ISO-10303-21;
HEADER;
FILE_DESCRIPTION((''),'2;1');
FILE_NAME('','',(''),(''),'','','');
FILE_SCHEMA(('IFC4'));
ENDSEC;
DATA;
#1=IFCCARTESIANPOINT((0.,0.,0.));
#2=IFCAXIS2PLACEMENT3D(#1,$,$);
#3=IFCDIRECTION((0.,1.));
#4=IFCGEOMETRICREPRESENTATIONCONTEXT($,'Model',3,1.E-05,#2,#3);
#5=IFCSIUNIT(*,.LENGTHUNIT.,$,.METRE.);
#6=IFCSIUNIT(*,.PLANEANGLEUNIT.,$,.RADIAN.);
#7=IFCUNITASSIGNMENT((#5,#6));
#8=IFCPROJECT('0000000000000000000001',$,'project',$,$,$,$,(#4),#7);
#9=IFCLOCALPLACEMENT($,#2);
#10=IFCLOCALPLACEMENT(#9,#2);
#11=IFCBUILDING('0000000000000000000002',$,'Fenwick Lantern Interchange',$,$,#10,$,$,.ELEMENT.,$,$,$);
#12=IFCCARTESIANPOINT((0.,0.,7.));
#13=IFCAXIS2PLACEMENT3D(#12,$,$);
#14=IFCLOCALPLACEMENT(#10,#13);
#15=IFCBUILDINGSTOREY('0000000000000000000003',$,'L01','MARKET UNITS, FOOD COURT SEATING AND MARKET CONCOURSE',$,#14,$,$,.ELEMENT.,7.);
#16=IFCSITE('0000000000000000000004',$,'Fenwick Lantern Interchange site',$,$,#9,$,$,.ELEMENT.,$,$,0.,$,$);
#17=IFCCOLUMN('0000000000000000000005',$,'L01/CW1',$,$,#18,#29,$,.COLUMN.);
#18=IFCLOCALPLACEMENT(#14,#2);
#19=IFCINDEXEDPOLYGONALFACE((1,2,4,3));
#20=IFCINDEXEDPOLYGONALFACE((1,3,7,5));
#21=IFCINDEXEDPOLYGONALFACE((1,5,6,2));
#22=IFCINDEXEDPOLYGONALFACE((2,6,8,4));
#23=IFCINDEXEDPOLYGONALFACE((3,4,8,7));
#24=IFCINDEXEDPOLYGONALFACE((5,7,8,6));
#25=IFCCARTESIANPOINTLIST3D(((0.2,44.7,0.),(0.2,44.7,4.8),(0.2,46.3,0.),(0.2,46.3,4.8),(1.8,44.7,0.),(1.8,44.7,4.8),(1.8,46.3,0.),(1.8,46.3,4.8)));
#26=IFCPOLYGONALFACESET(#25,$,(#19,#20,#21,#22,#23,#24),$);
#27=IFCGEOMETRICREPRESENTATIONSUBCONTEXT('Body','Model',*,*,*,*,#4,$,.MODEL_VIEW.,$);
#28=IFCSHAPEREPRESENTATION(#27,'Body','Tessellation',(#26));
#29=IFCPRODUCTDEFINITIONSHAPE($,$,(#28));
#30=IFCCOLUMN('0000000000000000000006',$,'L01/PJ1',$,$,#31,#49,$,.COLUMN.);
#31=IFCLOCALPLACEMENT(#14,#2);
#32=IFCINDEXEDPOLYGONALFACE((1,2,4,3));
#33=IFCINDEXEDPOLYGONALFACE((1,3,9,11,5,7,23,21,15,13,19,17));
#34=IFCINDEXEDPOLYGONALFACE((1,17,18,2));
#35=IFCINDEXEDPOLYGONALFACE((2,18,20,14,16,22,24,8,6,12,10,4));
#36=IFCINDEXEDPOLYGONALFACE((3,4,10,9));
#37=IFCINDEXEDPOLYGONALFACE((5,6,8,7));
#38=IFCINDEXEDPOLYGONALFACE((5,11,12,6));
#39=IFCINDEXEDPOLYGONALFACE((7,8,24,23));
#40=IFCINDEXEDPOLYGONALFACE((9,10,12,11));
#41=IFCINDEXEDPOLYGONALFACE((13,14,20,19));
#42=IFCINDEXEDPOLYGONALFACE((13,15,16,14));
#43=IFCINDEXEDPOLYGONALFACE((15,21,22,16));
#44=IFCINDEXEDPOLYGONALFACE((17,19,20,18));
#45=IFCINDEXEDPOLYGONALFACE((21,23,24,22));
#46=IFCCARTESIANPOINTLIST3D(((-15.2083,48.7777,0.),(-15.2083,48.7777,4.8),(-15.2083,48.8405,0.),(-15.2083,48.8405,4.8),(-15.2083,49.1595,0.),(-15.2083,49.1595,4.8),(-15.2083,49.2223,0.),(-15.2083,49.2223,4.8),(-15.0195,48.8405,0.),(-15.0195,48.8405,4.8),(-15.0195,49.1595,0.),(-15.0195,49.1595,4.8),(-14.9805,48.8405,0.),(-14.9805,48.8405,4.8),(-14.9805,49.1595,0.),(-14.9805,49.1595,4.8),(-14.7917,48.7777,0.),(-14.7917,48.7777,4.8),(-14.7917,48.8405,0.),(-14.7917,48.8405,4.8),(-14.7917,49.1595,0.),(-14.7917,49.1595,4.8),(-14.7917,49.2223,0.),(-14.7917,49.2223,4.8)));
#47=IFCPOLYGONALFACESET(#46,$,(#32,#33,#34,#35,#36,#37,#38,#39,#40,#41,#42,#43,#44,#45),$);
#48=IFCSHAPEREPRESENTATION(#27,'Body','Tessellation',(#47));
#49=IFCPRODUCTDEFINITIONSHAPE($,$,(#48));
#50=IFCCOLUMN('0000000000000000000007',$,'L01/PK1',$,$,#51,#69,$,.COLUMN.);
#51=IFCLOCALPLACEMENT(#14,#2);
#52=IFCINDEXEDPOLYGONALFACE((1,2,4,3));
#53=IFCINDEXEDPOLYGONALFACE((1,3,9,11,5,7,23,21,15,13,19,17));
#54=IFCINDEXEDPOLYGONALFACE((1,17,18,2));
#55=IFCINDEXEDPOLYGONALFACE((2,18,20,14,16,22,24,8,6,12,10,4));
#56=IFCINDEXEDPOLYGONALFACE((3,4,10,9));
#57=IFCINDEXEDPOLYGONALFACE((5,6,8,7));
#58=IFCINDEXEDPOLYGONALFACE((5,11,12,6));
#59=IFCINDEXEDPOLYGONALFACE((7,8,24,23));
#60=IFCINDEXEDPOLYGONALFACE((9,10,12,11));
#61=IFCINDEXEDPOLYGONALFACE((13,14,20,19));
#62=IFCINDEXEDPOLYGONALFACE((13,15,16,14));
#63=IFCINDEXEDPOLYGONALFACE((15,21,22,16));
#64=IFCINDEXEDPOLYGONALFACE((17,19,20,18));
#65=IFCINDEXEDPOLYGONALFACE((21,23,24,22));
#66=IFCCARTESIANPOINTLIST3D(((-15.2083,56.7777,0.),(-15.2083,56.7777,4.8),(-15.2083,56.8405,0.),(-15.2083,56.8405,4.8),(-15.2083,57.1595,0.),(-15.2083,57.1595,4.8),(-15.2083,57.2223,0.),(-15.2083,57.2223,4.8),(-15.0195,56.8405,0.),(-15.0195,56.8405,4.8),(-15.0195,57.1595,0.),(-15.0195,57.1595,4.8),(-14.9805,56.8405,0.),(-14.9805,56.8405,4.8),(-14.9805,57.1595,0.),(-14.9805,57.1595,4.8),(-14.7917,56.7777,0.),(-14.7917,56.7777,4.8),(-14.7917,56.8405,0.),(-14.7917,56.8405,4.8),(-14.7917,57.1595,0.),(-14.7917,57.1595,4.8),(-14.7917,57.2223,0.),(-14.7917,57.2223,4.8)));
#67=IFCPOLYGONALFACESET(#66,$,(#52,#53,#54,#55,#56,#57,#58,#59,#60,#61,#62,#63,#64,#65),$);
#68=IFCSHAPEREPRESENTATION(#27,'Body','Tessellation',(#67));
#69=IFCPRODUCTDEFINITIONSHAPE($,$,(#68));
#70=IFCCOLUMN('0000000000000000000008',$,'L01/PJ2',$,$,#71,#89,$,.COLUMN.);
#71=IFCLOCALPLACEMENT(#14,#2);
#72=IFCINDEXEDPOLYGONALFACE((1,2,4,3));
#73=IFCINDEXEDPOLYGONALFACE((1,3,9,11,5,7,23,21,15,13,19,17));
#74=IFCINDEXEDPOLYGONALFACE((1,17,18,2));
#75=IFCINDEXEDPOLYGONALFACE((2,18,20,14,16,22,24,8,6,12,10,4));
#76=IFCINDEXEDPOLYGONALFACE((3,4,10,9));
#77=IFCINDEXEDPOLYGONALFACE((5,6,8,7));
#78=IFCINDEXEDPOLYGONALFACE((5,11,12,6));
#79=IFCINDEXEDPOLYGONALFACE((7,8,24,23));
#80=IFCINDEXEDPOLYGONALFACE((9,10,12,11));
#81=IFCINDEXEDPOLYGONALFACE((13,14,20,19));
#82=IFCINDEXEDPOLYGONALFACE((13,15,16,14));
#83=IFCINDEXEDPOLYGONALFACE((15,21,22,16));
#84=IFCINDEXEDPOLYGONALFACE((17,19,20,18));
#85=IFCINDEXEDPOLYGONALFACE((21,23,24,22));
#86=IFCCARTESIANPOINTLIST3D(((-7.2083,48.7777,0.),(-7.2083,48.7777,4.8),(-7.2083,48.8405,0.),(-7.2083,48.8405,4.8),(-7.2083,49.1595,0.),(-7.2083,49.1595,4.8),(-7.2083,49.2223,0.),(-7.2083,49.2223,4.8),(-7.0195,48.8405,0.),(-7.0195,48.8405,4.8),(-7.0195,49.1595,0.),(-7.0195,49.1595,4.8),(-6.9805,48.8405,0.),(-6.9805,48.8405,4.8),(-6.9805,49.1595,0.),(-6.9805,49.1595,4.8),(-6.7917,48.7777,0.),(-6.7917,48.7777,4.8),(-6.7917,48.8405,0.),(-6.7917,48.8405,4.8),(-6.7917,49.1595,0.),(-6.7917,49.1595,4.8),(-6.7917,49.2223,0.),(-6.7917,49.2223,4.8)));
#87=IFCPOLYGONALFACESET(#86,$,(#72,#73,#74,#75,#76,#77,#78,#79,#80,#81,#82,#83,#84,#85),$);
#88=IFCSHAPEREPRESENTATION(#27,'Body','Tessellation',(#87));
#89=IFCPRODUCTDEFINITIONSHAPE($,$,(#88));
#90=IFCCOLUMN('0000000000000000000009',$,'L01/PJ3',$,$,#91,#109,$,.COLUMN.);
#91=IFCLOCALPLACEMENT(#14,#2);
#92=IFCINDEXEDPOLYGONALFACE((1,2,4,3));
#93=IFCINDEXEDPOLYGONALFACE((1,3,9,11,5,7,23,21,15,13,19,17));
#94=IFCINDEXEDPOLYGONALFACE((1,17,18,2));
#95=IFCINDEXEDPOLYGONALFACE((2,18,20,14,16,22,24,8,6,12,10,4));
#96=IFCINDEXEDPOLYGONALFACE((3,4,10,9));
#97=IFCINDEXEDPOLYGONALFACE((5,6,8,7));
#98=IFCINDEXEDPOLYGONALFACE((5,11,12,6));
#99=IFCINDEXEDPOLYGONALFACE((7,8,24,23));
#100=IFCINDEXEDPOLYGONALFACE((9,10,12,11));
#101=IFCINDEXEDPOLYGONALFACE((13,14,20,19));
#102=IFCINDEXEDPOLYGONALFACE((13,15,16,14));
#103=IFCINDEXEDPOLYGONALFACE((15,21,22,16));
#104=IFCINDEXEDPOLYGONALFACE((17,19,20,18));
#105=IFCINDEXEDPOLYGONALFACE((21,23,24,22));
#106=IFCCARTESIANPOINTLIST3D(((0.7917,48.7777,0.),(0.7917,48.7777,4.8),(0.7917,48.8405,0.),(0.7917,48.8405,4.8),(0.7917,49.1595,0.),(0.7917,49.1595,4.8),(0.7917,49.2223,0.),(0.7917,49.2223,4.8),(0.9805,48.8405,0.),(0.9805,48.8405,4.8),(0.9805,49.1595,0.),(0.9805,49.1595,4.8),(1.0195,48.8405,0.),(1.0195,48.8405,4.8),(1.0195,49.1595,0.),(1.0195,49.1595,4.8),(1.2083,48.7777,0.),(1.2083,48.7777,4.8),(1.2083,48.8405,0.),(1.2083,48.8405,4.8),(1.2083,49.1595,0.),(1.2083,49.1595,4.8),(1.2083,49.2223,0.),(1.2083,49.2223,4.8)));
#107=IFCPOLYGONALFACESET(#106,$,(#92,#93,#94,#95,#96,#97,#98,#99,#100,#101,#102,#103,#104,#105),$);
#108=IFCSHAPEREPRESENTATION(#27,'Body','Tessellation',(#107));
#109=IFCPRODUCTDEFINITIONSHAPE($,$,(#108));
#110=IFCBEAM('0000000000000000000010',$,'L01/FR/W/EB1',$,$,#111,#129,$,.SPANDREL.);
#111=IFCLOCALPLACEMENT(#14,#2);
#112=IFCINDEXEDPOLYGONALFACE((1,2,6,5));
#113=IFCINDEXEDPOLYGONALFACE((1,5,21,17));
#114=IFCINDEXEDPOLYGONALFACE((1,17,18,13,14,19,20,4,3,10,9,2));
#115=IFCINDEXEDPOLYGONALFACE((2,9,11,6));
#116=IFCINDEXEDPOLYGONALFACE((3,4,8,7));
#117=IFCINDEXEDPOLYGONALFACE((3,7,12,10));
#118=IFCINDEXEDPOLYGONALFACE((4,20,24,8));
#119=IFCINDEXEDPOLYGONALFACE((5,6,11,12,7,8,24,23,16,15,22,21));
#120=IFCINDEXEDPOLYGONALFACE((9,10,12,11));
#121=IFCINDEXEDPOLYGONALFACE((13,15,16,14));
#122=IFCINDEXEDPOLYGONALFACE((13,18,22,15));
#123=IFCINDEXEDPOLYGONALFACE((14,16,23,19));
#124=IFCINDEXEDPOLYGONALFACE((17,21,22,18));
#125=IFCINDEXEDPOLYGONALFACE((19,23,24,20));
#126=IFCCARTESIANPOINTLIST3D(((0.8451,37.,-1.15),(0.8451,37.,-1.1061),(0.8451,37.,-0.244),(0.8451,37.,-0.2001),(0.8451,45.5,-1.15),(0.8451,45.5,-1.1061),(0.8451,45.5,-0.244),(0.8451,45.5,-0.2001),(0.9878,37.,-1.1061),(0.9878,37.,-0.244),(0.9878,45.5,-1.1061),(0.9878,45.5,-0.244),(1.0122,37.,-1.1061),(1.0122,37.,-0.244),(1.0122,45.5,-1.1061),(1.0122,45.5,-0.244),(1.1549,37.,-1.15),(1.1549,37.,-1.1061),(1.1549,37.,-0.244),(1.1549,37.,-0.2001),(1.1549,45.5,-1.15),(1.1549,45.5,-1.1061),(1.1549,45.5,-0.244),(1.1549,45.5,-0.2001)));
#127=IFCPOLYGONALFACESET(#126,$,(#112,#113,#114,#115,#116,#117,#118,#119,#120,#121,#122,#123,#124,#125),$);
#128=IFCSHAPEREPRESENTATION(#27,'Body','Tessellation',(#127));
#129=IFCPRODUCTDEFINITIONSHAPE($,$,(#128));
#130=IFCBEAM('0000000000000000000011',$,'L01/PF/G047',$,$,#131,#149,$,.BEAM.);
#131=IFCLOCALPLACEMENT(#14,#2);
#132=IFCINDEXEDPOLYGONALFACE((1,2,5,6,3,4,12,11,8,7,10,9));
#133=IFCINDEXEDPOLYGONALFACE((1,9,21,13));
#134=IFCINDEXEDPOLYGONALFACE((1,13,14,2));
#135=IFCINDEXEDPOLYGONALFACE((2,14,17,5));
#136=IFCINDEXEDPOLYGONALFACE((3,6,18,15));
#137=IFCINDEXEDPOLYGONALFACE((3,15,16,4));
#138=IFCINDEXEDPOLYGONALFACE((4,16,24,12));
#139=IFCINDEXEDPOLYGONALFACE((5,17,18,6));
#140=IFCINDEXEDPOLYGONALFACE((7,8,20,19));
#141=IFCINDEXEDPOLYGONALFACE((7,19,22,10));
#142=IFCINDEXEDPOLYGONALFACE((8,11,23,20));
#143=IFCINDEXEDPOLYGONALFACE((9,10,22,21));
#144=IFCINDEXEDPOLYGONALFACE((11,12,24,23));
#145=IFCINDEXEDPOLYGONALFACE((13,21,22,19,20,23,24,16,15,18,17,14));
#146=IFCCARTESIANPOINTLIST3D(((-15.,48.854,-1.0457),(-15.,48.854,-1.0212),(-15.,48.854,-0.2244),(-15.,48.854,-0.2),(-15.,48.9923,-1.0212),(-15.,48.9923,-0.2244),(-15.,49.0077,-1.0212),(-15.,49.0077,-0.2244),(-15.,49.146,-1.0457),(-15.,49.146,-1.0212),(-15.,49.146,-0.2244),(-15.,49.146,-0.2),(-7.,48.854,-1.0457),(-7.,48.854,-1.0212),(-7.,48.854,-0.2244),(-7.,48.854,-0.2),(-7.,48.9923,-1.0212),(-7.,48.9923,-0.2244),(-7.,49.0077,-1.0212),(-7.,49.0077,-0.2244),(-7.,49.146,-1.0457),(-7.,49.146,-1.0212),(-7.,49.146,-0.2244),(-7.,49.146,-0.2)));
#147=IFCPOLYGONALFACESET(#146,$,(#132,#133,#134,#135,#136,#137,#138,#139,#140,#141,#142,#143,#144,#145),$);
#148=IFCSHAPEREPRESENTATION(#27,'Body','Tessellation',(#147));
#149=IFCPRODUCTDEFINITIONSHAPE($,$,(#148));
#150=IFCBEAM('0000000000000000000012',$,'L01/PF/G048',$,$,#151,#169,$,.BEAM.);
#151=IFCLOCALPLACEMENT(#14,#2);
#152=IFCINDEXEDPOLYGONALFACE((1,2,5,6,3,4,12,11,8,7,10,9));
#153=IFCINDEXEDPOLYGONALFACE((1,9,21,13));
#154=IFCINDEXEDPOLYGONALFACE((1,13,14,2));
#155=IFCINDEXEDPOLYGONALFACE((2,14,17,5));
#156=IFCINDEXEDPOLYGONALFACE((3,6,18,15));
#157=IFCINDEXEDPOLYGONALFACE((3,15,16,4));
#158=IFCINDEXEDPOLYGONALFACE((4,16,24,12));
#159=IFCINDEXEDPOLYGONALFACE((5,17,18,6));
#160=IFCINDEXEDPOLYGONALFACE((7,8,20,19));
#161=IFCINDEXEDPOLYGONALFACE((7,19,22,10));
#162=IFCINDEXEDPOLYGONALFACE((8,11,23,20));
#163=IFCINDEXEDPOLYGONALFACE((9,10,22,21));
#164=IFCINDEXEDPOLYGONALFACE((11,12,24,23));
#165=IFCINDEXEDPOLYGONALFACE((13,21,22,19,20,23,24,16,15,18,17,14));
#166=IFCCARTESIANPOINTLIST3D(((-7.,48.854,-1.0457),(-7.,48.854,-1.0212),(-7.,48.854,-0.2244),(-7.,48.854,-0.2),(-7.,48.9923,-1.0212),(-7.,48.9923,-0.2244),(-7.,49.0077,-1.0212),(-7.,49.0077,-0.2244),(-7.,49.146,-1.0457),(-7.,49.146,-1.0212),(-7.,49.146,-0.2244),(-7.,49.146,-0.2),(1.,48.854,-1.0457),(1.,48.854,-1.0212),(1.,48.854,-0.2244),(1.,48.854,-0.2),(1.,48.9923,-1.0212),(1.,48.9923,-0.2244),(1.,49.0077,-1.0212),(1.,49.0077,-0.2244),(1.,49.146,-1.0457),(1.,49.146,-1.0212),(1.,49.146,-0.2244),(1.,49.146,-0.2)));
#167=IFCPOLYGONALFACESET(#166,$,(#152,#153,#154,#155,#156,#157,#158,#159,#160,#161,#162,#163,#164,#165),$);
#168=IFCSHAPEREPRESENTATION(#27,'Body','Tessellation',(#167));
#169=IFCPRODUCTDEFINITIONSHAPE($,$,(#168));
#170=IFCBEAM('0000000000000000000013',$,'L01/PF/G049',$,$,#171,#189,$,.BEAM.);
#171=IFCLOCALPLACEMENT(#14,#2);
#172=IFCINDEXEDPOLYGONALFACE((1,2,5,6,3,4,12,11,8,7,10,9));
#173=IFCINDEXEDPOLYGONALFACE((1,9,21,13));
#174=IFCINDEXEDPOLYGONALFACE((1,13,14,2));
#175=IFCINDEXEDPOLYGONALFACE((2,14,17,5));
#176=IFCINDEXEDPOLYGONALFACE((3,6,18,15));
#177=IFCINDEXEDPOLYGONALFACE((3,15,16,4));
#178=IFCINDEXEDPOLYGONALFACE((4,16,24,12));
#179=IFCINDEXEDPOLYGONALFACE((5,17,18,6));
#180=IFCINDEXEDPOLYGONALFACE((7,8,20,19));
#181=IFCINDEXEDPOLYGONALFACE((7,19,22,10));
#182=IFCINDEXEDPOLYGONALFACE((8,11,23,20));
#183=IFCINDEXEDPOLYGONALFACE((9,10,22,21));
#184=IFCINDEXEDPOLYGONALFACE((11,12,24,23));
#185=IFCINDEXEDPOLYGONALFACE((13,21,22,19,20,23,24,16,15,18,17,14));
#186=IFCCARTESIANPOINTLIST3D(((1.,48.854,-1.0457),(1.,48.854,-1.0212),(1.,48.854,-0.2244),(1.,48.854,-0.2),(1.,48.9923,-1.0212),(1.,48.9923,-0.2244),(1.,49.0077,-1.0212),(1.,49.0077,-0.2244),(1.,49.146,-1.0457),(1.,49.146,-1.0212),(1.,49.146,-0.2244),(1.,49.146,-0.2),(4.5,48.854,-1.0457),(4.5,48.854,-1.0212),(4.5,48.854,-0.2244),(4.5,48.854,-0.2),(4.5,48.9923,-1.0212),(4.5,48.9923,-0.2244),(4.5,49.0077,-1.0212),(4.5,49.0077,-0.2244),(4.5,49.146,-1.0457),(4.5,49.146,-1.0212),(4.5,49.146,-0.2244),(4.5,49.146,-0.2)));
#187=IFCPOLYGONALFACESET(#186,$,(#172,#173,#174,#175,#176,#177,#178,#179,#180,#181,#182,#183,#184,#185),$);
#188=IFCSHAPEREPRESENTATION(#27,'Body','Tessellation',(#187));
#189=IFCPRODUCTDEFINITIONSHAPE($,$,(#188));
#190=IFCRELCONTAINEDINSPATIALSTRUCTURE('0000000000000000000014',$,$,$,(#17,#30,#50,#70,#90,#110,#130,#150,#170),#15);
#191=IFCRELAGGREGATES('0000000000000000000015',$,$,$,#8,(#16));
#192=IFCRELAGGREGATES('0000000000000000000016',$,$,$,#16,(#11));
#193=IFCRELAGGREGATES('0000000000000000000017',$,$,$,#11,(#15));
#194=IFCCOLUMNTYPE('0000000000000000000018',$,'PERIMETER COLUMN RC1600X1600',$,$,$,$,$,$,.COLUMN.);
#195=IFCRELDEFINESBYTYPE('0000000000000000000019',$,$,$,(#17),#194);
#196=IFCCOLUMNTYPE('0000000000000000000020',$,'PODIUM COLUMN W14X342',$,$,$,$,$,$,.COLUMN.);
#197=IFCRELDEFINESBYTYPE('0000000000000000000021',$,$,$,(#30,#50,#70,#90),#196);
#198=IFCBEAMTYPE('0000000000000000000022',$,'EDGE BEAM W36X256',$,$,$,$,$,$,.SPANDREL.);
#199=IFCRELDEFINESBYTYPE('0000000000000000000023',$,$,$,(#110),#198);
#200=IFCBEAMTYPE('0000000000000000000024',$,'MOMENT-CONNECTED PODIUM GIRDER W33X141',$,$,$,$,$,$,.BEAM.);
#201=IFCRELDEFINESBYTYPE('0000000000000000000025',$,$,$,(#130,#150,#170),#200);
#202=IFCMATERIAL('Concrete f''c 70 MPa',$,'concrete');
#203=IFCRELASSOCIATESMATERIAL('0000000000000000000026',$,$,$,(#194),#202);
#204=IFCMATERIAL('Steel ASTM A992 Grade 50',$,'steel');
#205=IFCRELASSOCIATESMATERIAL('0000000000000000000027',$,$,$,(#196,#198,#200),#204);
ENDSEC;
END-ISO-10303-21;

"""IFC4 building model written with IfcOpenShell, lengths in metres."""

from ifc_helpers import new_model, si_unit, direction, frame, origin, origin_2d, place, context, subcontext, project, spatial, rectangle, i_section, extrude, material, material_profile, profile_set, type_object, element, save


model = new_model("IFC4")

# Units and contexts
model_context = context("Model", 3, precision=1e-05, world=origin(), true_north=direction((0.0, 1.0)))
body_context = subcontext(model_context, "Body", "Model", "MODEL_VIEW")
ifc_project = project(units=[si_unit("LENGTHUNIT", "METRE"), si_unit("PLANEANGLEUNIT", "RADIAN")], contexts=[model_context])

# Site, building, storey
site_placement = place(None, origin())
site = spatial("IfcSite", under=ifc_project, at=site_placement, Name="Fenwick Lantern Interchange site", CompositionType="ELEMENT", RefElevation=0.0)
building_placement = place(site_placement, origin())
building = spatial("IfcBuilding", under=site, at=building_placement, Name="Fenwick Lantern Interchange", CompositionType="ELEMENT")
storey_placement = place(building_placement, frame((0.0, 0.0, 7.0)))
storey = spatial("IfcBuildingStorey", under=building, at=storey_placement, Name="L01", Description="MARKET UNITS, FOOD COURT SEATING AND MARKET CONCOURSE", CompositionType="ELEMENT", Elevation=7.0)

# Columns
ifc_material_1 = material(Name="Concrete f'c 70 MPa", Category="concrete")
ifc_material_profile_1 = material_profile(ifc_material_1, rectangle(XDim=1.6001, YDim=1.6001, at=origin_2d()), Name="RC1600X1600")
ifc_profile_set_1 = profile_set([ifc_material_profile_1], Name="Concrete f'c 70 MPa")
column_type_1 = type_object("IfcColumnType", Name="PERIMETER COLUMN RC1600X1600", PredefinedType="COLUMN", material=ifc_profile_set_1)
column_placement = place(storey_placement, frame((1.0, 45.5, 0.0), z_axis=(0.0, 0.0, 1.0), x_axis=(1.0, 0.0, 0.0)))
element("IfcColumn", 1, at=column_placement, inside=storey, type_object=column_type_1, Name="L01/CW1", PredefinedType="COLUMN", context=body_context, shape_type="SweptSolid", body=[
    extrude(rectangle(XDim=1.6001, YDim=1.6001, at=origin_2d()), origin(), (0.0, 0.0, 1.0), 4.8),
])
ifc_material_2 = material(Name="Steel ASTM A992 Grade 50", Category="steel")
ifc_material_profile_2 = material_profile(ifc_material_2, i_section(OverallWidth=0.4165, OverallDepth=0.4446, WebThickness=0.0391, FlangeThickness=0.0627, at=origin_2d()), Name="W14X342")
ifc_profile_set_2 = profile_set([ifc_material_profile_2], Name="Steel ASTM A992 Grade 50")
column_type_2 = type_object("IfcColumnType", Name="PODIUM COLUMN W14X342", PredefinedType="COLUMN", material=ifc_profile_set_2)
for number, where, z_axis, x_axis, name in (
    (2, (-15.0, 49.0, 0.0), (0.0, 0.0, 1.0), (1.0, 0.0, 0.0), "L01/PJ1"),
    (3, (-15.0, 57.0, 0.0), (0.0, 0.0, 1.0), (1.0, 0.0, 0.0), "L01/PK1"),
    (4, (-7.0, 49.0, 0.0), (0.0, 0.0, 1.0), (1.0, 0.0, 0.0), "L01/PJ2"),
    (5, (1.0, 49.0, 0.0), (0.0, 0.0, 1.0), (1.0, 0.0, 0.0), "L01/PJ3"),
):
    element("IfcColumn", number, at=place(storey_placement, frame(where, z_axis=z_axis, x_axis=x_axis)), inside=storey, type_object=column_type_2, Name=name, PredefinedType="COLUMN", context=body_context, shape_type="SweptSolid", body=[
        extrude(i_section(OverallWidth=0.4165, OverallDepth=0.4446, WebThickness=0.0391, FlangeThickness=0.0627, at=origin_2d()), origin(), (0.0, 0.0, 1.0), 4.8),
    ])

# Beams
ifc_material_profile_3 = material_profile(ifc_material_2, i_section(OverallWidth=0.3098, OverallDepth=0.95, WebThickness=0.0244, FlangeThickness=0.0439, at=origin_2d()), Name="W36X256")
ifc_profile_set_3 = profile_set([ifc_material_profile_3], Name="Steel ASTM A992 Grade 50")
beam_type_1 = type_object("IfcBeamType", Name="EDGE BEAM W36X256", PredefinedType="SPANDREL", material=ifc_profile_set_3)
beam_1_placement = place(storey_placement, frame((1.0, 45.5, -0.675), z_axis=(0.0, -1.0, 0.0), x_axis=(1.0, 0.0, 0.0)))
element("IfcBeam", 6, at=beam_1_placement, inside=storey, type_object=beam_type_1, Name="L01/FR/W/EB1", PredefinedType="SPANDREL", context=body_context, shape_type="SweptSolid", body=[
    extrude(i_section(OverallWidth=0.3098, OverallDepth=0.95, WebThickness=0.0244, FlangeThickness=0.0439, at=origin_2d()), origin(), (0.0, 0.0, 1.0), 8.5),
])
ifc_material_profile_4 = material_profile(ifc_material_2, i_section(OverallWidth=0.292, OverallDepth=0.8457, WebThickness=0.0154, FlangeThickness=0.0244, at=origin_2d()), Name="W33X141")
ifc_profile_set_4 = profile_set([ifc_material_profile_4], Name="Steel ASTM A992 Grade 50")
beam_type_2 = type_object("IfcBeamType", Name="MOMENT-CONNECTED PODIUM GIRDER W33X141", PredefinedType="BEAM", material=ifc_profile_set_4)
for number, where, z_axis, x_axis, name in (
    (7, (-15.0, 49.0, -0.6228), (1.0, 0.0, 0.0), (0.0, 1.0, 0.0), "L01/PF/G047"),
    (8, (-7.0, 49.0, -0.6228), (1.0, 0.0, 0.0), (0.0, 1.0, 0.0), "L01/PF/G048"),
):
    element("IfcBeam", number, at=place(storey_placement, frame(where, z_axis=z_axis, x_axis=x_axis)), inside=storey, type_object=beam_type_2, Name=name, PredefinedType="BEAM", context=body_context, shape_type="SweptSolid", body=[
        extrude(i_section(OverallWidth=0.292, OverallDepth=0.8457, WebThickness=0.0154, FlangeThickness=0.0244, at=origin_2d()), origin(), (0.0, 0.0, 1.0), 8.0),
    ])
beam_2_placement = place(storey_placement, frame((1.0, 49.0, -0.6228), z_axis=(1.0, 0.0, 0.0), x_axis=(0.0, 1.0, 0.0)))
element("IfcBeam", 9, at=beam_2_placement, inside=storey, type_object=beam_type_2, Name="L01/PF/G049", PredefinedType="BEAM", context=body_context, shape_type="SweptSolid", body=[
    extrude(i_section(OverallWidth=0.292, OverallDepth=0.8457, WebThickness=0.0154, FlangeThickness=0.0244, at=origin_2d()), origin(), (0.0, 0.0, 1.0), 3.5),
])

save(model, "model.ifc")
